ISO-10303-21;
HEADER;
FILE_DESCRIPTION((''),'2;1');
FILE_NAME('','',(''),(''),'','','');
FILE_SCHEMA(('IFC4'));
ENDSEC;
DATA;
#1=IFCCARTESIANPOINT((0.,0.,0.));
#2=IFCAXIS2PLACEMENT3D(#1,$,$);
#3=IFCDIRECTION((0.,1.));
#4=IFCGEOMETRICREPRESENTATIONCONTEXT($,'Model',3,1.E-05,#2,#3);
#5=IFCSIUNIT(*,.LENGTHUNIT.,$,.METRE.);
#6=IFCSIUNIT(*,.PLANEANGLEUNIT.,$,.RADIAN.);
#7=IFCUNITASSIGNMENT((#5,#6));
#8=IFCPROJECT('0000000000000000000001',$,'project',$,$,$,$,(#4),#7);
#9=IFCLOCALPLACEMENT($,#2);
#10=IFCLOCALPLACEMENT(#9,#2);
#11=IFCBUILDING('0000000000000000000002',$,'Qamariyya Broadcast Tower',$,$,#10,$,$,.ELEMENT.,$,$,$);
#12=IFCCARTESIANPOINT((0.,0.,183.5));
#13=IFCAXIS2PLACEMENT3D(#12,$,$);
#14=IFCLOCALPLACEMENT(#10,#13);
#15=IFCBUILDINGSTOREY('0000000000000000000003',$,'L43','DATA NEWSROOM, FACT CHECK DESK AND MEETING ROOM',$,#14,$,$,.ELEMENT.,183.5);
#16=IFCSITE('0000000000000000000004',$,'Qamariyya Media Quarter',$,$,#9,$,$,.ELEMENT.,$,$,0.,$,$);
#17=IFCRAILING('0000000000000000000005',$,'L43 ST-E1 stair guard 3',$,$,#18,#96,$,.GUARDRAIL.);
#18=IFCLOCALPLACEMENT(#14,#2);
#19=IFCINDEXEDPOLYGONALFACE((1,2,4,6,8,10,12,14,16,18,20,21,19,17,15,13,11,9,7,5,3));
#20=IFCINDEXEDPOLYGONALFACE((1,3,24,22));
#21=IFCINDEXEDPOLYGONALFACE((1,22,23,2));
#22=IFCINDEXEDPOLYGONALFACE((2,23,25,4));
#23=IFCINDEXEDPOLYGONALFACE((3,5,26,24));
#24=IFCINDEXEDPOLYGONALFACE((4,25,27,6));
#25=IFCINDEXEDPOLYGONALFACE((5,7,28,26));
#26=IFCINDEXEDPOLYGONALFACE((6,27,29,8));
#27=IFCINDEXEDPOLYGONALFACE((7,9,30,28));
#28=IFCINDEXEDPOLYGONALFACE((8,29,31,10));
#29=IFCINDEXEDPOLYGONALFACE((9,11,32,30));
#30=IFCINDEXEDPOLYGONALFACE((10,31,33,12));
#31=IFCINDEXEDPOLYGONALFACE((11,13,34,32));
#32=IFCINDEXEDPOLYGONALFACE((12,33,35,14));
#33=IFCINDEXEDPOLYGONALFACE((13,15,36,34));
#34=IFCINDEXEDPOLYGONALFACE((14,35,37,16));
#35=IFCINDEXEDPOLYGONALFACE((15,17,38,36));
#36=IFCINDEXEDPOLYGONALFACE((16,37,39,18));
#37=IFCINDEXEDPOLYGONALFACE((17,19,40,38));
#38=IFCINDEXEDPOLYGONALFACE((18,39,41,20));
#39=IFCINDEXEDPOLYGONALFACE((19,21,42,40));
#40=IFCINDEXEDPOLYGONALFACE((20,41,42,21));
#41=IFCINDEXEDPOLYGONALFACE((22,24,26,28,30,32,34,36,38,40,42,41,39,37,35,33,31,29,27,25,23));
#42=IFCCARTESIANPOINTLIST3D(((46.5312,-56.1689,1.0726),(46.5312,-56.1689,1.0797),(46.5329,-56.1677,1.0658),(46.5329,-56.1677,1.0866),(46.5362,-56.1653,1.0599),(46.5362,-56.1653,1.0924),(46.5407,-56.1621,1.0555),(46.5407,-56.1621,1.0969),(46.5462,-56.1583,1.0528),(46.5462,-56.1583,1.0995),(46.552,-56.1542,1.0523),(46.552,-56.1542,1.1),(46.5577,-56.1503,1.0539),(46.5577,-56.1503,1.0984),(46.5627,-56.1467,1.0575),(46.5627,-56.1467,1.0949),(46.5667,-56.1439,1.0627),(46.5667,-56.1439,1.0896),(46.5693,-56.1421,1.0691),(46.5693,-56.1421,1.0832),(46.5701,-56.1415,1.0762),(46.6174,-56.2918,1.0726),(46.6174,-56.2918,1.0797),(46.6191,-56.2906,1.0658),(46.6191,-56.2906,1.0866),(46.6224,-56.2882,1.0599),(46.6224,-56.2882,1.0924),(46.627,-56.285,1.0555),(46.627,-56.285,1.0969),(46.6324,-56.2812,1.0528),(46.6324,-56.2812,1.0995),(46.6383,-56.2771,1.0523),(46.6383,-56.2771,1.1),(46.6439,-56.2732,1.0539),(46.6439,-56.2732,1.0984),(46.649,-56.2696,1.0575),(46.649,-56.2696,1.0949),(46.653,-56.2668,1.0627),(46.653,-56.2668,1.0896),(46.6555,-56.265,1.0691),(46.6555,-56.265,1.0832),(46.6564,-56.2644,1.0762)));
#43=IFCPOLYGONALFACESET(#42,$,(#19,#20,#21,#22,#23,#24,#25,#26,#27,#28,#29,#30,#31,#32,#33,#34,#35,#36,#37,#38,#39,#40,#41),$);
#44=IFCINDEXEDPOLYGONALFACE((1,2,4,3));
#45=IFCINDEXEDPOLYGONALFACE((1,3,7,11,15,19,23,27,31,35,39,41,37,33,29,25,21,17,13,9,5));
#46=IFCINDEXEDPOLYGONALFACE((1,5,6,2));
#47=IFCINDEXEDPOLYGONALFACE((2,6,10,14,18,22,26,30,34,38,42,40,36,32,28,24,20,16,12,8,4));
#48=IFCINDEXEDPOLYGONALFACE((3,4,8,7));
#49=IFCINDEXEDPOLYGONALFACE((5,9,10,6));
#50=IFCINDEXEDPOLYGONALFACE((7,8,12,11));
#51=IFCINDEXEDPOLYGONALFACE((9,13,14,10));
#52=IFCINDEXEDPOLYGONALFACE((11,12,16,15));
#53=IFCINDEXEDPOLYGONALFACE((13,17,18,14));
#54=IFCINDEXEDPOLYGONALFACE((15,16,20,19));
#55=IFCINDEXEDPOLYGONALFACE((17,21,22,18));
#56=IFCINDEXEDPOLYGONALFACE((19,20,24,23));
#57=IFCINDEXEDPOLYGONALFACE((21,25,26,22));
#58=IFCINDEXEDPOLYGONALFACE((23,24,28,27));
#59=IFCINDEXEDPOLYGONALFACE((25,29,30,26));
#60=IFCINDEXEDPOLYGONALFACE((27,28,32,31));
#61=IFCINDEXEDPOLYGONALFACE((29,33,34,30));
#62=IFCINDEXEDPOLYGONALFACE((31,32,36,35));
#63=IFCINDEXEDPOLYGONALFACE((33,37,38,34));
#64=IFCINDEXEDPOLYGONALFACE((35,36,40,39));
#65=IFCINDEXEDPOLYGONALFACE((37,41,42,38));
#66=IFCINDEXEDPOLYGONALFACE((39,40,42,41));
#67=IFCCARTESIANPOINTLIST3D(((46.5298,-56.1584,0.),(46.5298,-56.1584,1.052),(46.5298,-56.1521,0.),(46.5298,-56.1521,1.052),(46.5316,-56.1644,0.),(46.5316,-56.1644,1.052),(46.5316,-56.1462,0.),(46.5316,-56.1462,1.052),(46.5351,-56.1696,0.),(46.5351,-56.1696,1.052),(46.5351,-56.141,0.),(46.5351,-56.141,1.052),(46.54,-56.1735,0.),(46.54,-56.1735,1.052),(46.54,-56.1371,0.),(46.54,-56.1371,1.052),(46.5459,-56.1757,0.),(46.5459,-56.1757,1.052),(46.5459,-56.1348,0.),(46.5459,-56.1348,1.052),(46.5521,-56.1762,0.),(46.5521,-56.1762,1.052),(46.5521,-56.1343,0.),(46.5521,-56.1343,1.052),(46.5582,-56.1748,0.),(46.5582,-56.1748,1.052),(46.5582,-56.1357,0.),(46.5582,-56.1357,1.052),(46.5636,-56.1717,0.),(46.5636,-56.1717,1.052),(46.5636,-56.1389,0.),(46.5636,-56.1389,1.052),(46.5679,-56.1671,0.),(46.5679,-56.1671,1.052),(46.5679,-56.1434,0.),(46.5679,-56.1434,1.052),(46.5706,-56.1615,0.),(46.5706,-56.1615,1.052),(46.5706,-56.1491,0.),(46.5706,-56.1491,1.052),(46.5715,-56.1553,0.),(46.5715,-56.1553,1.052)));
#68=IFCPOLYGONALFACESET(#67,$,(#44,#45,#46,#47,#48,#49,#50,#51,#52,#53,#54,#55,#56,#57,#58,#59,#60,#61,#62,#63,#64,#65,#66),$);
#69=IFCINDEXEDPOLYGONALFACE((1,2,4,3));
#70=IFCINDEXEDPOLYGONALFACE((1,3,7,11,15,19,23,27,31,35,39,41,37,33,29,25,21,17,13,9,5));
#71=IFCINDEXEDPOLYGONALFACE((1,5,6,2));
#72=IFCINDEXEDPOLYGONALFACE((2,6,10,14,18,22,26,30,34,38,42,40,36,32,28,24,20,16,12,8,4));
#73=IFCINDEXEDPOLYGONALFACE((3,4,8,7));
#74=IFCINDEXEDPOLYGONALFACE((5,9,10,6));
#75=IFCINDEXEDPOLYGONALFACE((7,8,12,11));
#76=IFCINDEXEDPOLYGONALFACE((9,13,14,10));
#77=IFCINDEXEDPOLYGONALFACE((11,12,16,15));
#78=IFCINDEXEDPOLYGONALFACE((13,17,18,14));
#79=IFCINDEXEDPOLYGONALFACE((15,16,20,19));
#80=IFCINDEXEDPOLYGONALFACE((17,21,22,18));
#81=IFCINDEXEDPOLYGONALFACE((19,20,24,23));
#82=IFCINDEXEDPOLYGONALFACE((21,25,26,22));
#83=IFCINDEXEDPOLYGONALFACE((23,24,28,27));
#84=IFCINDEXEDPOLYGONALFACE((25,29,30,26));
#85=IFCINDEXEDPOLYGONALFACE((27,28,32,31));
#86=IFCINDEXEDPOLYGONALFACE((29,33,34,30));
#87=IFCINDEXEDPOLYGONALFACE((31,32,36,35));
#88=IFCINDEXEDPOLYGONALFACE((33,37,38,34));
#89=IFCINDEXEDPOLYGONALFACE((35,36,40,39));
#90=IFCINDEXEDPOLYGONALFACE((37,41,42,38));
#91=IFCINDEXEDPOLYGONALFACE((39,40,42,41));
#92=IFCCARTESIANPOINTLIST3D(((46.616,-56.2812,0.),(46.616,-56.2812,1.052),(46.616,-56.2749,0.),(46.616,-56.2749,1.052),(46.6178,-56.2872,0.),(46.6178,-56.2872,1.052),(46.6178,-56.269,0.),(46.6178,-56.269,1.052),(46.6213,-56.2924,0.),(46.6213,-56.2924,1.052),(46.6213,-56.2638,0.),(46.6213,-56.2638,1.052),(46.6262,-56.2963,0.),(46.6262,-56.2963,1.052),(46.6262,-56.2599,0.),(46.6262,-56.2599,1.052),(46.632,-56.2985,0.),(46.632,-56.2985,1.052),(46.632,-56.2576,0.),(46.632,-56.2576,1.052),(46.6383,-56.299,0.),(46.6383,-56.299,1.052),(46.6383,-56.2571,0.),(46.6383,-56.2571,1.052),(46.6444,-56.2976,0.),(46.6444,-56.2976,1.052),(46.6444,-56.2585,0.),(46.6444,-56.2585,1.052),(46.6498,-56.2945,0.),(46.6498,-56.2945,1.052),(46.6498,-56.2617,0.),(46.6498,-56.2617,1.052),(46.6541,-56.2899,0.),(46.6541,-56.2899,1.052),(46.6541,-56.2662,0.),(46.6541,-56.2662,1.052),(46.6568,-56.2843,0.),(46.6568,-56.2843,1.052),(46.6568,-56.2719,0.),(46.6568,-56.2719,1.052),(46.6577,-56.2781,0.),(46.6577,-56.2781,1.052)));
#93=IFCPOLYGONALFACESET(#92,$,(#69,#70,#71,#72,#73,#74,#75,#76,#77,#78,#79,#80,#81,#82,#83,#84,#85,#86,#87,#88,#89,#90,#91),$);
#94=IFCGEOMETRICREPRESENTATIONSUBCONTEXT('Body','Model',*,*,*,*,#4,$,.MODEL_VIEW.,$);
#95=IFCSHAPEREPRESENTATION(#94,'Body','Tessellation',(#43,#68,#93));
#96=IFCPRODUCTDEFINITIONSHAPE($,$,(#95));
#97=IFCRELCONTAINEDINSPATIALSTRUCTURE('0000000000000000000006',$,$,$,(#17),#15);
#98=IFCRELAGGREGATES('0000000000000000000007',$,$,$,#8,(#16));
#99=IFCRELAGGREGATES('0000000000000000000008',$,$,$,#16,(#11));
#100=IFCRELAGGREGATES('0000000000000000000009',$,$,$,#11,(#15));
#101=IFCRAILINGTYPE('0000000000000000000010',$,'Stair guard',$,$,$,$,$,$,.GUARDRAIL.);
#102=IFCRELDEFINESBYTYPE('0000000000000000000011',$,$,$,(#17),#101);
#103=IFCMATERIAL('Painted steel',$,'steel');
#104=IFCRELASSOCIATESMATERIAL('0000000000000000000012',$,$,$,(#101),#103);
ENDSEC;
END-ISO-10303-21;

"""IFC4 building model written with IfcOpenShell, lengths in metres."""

from ifc_helpers import new_model, si_unit, direction, frame, origin, origin_2d, place, context, subcontext, project, spatial, circle, extrude, material, type_object, element, save


model = new_model("IFC4")

# Units and contexts
model_context = context("Model", 3, precision=1e-05, world=origin(), true_north=direction((0.0, 1.0)))
body_context = subcontext(model_context, "Body", "Model", "MODEL_VIEW")
ifc_project = project(units=[si_unit("LENGTHUNIT", "METRE"), si_unit("PLANEANGLEUNIT", "RADIAN")], contexts=[model_context])

# Site, building, storey
site_placement = place(None, origin())
site = spatial("IfcSite", under=ifc_project, at=site_placement, Name="Qamariyya Media Quarter", CompositionType="ELEMENT", RefElevation=0.0)
building_placement = place(site_placement, origin())
building = spatial("IfcBuilding", under=site, at=building_placement, Name="Qamariyya Broadcast Tower", CompositionType="ELEMENT")
storey_placement = place(building_placement, frame((0.0, 0.0, 183.5)))
storey = spatial("IfcBuildingStorey", under=building, at=storey_placement, Name="L43", Description="DATA NEWSROOM, FACT CHECK DESK AND MEETING ROOM", CompositionType="ELEMENT", Elevation=183.5)

# Railing
ifc_material_1 = material(Name="Painted steel", Category="steel")
railing_type_1 = type_object("IfcRailingType", Name="Stair guard", PredefinedType="GUARDRAIL", material=ifc_material_1)
railing_1_placement = place(storey_placement, frame((46.5505, -56.1553, 0.0)))
element("IfcRailing", 1, at=railing_1_placement, inside=storey, type_object=railing_type_1, Name="L43 ST-E1 stair guard 3", PredefinedType="GUARDRAIL", context=body_context, shape_type="SweptSolid", body=[
    extrude(circle(Radius=0.0239, at=origin_2d()), frame((0.0, 0.0, 1.0762), z_axis=(0.574445, -0.818543, 0.0), x_axis=(0.818543, 0.574445, 0.0)), (0.0, 0.0, 1.0), 0.1501),
    extrude(circle(Radius=0.021, at=origin_2d()), origin(), (0.0, 0.0, 1.0), 1.052),
    extrude(circle(Radius=0.021, at=origin_2d()), frame((0.0862, -0.1228, 0.0)), (0.0, 0.0, 1.0), 1.052),
])

save(model, "model.ifc")
